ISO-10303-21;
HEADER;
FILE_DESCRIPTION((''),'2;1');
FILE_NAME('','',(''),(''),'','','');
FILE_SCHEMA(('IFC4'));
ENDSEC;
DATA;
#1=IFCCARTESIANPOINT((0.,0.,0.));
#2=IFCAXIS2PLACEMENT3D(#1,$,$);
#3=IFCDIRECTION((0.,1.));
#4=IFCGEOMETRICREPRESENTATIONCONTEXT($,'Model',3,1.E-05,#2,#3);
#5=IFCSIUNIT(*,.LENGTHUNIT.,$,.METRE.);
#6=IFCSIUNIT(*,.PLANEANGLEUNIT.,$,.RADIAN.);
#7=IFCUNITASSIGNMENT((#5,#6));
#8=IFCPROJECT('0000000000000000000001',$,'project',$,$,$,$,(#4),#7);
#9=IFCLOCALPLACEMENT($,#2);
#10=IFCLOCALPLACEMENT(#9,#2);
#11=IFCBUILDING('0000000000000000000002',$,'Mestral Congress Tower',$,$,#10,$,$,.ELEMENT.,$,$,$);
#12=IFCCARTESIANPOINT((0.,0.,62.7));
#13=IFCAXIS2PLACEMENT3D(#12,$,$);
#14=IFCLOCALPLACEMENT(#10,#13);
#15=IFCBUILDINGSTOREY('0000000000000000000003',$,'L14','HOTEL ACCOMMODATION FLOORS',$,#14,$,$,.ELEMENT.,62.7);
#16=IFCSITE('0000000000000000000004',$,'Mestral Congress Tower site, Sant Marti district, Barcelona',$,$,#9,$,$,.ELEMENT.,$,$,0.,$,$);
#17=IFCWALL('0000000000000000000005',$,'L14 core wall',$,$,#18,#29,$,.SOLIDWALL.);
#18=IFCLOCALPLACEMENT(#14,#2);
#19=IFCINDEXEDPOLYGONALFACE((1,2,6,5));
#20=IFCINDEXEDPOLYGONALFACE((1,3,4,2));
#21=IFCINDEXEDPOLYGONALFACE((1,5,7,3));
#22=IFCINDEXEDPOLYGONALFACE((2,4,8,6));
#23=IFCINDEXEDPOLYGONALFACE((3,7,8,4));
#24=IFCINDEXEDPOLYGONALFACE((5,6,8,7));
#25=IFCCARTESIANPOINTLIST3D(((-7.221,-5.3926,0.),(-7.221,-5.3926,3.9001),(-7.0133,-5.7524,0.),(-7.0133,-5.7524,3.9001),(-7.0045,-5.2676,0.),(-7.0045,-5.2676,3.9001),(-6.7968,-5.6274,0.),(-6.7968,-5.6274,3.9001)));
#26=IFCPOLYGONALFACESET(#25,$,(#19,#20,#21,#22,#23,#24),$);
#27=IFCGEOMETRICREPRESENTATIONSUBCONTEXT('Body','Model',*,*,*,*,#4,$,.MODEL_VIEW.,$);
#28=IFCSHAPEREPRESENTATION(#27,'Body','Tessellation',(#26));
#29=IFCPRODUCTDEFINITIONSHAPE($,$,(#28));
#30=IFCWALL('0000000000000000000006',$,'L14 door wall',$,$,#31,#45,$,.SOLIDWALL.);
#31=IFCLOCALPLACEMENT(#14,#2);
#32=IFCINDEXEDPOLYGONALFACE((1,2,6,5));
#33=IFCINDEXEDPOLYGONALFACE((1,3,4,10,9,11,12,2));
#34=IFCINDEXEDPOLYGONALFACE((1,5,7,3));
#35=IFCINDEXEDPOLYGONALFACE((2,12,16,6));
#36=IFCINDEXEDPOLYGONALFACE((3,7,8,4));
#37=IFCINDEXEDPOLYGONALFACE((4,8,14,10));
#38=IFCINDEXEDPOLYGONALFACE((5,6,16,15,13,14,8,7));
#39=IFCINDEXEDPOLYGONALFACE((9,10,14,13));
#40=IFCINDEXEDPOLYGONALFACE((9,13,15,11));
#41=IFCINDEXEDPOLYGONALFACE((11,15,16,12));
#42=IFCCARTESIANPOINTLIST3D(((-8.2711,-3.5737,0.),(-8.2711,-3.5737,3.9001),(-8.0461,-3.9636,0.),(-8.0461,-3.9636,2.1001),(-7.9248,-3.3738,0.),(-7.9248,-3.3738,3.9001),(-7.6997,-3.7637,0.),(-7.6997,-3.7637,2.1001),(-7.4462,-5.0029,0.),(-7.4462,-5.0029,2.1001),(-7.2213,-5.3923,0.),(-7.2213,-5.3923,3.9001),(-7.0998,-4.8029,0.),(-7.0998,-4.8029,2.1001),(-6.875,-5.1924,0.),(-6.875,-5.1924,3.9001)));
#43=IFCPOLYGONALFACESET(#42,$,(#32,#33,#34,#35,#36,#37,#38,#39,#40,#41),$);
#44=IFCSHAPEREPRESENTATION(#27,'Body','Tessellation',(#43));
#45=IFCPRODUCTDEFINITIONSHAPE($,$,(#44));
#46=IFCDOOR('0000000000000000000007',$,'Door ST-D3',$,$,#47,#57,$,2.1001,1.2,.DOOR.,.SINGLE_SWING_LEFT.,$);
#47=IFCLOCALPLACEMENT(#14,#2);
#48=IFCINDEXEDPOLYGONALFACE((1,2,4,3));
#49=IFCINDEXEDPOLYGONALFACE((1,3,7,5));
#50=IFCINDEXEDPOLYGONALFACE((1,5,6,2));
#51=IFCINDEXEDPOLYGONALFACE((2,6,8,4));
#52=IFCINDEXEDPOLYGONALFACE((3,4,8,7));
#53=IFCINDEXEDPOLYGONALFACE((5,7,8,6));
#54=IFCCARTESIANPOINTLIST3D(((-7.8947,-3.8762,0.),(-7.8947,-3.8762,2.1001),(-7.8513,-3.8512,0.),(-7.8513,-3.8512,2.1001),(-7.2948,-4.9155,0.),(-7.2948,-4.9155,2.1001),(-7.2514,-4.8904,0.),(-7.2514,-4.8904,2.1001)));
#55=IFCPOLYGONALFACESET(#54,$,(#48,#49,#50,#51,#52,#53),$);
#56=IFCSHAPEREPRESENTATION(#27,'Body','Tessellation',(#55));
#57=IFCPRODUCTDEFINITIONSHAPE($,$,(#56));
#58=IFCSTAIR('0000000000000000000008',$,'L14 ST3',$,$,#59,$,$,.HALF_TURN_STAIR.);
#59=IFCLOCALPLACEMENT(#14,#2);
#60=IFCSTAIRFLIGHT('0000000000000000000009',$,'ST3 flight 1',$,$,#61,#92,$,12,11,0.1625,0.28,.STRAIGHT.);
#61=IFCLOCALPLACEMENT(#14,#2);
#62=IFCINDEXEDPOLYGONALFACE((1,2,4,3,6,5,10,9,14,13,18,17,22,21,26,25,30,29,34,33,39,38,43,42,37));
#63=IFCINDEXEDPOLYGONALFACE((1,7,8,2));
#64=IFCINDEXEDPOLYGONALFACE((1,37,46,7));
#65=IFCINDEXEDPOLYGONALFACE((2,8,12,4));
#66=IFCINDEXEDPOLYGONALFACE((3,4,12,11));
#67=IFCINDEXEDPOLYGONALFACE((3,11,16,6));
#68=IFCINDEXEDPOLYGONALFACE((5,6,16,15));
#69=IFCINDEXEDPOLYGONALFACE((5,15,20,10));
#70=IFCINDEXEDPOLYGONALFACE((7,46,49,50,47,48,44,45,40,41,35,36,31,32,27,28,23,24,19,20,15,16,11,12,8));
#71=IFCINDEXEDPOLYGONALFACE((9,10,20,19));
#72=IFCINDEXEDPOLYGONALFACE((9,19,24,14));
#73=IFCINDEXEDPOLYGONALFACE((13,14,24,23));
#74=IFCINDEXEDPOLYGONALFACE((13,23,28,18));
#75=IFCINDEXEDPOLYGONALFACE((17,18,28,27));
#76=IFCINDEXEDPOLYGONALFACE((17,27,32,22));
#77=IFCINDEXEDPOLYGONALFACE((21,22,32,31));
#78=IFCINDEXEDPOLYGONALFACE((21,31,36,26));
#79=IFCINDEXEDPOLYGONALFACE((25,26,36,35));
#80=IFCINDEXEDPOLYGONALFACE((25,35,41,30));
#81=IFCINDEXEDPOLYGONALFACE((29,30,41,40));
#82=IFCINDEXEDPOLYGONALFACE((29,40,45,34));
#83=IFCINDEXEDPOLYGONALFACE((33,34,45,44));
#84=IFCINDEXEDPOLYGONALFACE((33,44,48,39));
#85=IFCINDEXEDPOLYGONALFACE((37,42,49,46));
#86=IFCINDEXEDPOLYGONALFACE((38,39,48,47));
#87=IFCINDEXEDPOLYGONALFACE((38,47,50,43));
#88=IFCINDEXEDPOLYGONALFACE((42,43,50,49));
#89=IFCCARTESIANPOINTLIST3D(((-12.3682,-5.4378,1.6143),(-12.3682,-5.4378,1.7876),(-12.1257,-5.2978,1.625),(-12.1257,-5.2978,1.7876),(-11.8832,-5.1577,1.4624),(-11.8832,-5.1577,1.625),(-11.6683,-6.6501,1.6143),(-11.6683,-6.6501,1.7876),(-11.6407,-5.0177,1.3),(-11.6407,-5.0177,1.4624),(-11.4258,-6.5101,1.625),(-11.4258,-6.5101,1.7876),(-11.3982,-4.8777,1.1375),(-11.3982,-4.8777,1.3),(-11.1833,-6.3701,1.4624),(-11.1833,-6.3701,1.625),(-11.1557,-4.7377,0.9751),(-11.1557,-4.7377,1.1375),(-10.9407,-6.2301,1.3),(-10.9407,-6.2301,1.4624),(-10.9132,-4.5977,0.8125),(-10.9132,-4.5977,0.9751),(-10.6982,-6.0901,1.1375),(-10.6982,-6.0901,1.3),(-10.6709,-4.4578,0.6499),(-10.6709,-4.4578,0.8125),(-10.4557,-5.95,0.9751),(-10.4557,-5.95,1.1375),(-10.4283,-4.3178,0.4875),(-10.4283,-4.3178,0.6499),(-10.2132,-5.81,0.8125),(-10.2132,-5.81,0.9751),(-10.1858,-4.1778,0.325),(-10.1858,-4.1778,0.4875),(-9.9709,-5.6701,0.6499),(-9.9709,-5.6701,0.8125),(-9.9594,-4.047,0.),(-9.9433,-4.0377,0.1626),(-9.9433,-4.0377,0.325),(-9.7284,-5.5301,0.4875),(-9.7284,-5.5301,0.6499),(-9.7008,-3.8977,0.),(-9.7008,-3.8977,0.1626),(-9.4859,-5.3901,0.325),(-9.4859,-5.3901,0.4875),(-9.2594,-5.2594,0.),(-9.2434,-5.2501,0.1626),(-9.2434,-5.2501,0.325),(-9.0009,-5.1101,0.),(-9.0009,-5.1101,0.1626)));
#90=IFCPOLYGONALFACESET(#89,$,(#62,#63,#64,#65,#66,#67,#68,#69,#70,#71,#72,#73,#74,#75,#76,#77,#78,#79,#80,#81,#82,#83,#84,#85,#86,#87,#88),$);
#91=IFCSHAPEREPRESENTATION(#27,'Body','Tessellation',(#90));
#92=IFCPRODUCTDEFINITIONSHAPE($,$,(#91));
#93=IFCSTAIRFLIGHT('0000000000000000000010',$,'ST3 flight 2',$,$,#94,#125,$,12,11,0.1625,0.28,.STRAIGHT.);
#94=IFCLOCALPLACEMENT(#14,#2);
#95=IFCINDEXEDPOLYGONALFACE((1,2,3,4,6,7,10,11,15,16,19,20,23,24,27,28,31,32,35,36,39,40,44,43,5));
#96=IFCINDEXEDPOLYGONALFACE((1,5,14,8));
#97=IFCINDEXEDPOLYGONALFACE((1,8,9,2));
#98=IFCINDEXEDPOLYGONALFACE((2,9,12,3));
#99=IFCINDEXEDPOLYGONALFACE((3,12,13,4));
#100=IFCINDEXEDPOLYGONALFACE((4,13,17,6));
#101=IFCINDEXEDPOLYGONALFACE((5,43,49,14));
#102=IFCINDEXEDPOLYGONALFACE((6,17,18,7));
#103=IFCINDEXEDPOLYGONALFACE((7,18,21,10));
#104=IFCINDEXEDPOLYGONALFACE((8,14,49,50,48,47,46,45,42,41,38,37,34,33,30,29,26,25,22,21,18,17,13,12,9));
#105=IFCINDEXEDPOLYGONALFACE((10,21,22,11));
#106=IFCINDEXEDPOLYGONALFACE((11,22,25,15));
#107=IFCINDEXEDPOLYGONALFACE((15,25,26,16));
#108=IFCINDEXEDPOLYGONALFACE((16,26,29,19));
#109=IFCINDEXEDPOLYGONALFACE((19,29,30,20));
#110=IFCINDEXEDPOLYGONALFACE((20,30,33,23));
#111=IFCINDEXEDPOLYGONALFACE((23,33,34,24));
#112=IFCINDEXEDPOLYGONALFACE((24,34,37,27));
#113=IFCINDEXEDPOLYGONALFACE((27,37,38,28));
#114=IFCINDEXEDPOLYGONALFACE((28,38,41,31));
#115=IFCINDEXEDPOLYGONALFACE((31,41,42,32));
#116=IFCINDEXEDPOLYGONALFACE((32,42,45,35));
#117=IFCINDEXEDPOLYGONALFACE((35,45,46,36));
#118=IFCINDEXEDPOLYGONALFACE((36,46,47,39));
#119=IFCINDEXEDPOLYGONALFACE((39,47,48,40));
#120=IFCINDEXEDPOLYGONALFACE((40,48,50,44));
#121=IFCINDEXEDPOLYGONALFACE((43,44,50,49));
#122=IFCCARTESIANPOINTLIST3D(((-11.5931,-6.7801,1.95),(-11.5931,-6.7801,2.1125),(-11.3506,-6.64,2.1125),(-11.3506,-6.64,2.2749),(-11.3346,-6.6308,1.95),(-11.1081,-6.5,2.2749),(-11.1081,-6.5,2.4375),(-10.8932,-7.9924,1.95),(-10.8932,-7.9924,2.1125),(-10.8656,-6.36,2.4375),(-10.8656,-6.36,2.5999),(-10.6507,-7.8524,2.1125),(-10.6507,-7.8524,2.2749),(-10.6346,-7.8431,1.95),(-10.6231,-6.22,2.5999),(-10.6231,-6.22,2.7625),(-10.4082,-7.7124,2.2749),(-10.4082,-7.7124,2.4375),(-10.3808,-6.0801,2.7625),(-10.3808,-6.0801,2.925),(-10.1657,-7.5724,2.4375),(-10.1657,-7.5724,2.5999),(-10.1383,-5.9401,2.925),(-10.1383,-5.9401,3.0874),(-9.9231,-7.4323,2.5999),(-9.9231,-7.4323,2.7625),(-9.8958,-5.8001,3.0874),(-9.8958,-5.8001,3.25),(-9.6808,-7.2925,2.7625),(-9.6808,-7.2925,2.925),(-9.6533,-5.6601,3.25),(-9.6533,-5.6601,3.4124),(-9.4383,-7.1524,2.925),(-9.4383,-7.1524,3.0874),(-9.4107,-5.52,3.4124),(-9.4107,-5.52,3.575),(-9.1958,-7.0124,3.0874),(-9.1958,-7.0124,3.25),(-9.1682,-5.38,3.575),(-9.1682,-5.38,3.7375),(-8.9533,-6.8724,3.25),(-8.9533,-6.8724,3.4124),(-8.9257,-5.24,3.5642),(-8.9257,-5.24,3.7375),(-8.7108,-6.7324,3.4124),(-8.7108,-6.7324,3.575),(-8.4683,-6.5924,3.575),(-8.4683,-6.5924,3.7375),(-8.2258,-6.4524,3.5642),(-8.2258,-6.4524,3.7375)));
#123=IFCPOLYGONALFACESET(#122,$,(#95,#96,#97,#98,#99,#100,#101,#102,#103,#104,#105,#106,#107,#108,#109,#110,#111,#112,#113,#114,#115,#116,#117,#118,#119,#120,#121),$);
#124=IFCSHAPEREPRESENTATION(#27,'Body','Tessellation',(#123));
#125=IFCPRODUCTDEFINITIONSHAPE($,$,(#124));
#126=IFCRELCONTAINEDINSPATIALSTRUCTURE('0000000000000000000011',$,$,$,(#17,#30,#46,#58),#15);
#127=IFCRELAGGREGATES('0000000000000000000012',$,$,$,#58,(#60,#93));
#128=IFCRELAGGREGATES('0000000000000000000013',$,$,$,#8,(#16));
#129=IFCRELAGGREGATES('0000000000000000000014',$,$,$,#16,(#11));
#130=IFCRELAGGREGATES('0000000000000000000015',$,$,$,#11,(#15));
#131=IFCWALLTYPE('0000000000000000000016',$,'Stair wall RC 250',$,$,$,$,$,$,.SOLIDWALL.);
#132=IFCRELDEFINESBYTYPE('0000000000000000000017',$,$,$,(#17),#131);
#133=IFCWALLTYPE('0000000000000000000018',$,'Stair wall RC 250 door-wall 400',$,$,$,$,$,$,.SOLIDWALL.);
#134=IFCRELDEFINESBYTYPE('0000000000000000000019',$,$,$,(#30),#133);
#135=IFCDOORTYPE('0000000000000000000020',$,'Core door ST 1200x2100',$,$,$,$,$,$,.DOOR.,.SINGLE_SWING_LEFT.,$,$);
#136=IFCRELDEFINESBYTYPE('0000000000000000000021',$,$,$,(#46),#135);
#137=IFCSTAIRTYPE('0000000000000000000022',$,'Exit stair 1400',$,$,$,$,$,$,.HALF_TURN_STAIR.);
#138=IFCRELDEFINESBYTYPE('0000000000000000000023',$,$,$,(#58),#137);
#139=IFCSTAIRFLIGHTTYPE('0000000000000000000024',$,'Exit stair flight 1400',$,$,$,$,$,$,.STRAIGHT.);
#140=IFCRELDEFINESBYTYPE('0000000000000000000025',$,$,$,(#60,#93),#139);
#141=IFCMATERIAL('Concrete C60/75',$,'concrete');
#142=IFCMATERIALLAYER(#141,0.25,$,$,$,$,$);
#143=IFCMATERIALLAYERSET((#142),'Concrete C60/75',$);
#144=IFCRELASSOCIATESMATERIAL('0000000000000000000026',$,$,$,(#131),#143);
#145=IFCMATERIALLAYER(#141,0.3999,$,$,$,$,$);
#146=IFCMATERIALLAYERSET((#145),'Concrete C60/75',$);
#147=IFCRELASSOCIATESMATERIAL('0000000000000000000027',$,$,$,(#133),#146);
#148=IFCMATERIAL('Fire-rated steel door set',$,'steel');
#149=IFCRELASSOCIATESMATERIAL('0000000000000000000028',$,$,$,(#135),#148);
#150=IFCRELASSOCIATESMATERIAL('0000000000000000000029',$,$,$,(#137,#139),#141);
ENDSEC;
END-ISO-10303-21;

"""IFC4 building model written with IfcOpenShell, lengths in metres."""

from ifc_helpers import new_model, si_unit, direction, frame, frame_2d, origin, place, context, subcontext, project, spatial, polyline, rectangle, outline, extrude, material, layer, layer_set, type_object, element, fill, aggregate, save


model = new_model("IFC4")

# Units and contexts
model_context = context("Model", 3, precision=1e-05, world=origin(), true_north=direction((0.0, 1.0)))
body_context = subcontext(model_context, "Body", "Model", "MODEL_VIEW")
ifc_project = project(units=[si_unit("LENGTHUNIT", "METRE"), si_unit("PLANEANGLEUNIT", "RADIAN")], contexts=[model_context])

# Site, building, storey
site_placement = place(None, origin())
site = spatial("IfcSite", under=ifc_project, at=site_placement, Name="Mestral Congress Tower site, Sant Marti district, Barcelona", CompositionType="ELEMENT", RefElevation=0.0)
building_placement = place(site_placement, origin())
building = spatial("IfcBuilding", under=site, at=building_placement, Name="Mestral Congress Tower", CompositionType="ELEMENT")
storey_placement = place(building_placement, frame((0.0, 0.0, 62.7)))
storey = spatial("IfcBuildingStorey", under=building, at=storey_placement, Name="L14", Description="HOTEL ACCOMMODATION FLOORS", CompositionType="ELEMENT", Elevation=62.7)

# Shared definitions
ifc_material_1 = material(Name="Fire-rated steel door set", Category="steel")

# Shared definitions
ifc_material_2 = material(Name="Concrete C60/75", Category="concrete")

# Wall
ifc_layer_1 = layer(ifc_material_2, 0.25)
ifc_layer_set_1 = layer_set([ifc_layer_1], Name="Concrete C60/75")
wall_type_1 = type_object("IfcWallType", Name="Stair wall RC 250", PredefinedType="SOLIDWALL", material=ifc_layer_set_1)
wall_1_placement = place(storey_placement, frame((-6.905, -5.6899, 0.0), z_axis=(0.0, 0.0, 1.0), x_axis=(-0.499994, 0.866029, 0.0)))
element("IfcWall", 1, at=wall_1_placement, inside=storey, type_object=wall_type_1, Name="L14 core wall", PredefinedType="SOLIDWALL", context=body_context, shape_type="SweptSolid", body=[
    extrude(rectangle(XDim=0.4155, YDim=0.25, at=frame_2d((0.2078, 0.0))), origin(), (0.0, 0.0, 1.0), 3.9001),
])

# Wall, opening, door
ifc_layer_2 = layer(ifc_material_2, 0.3999)
ifc_layer_set_2 = layer_set([ifc_layer_2], Name="Concrete C60/75")
wall_type_2 = type_object("IfcWallType", Name="Stair wall RC 250 door-wall 400", PredefinedType="SOLIDWALL", material=ifc_layer_set_2)
wall_2_placement = place(storey_placement, frame((-8.0979, -3.4739, 0.0), z_axis=(0.0, 0.0, 1.0), x_axis=(0.499941, -0.86606, 0.0)))
wall_2 = element("IfcWall", 2, at=wall_2_placement, inside=storey, type_object=wall_type_2, Name="L14 door wall", PredefinedType="SOLIDWALL", context=body_context, shape_type="SweptSolid", body=[
    extrude(rectangle(XDim=2.0999, YDim=0.3999, at=frame_2d((1.0498, 0.0))), origin(), (0.0, 0.0, 1.0), 3.9001),
])
opening_1_placement = place(wall_2_placement, frame((0.45, 0.0, 0.0)))
opening_1 = element("IfcOpeningElement", 3, at=opening_1_placement, cuts=wall_2, PredefinedType="OPENING", context=body_context, shape_type="SweptSolid", body=[
    extrude(rectangle(XDim=1.2, YDim=2.1001, at=frame_2d((0.6001, 1.05))), frame((0.0, 0.21, 0.0), z_axis=(0.0, -1.0, 0.0), x_axis=(1.0, 0.0, 0.0)), (0.0, 0.0, 1.0), 0.4199),
])
door_type_1 = type_object("IfcDoorType", Name="Core door ST 1200x2100", OperationType="SINGLE_SWING_LEFT", PredefinedType="DOOR", material=ifc_material_1)
door_1_placement = place(opening_1_placement, origin())
door_1 = element("IfcDoor", 4, at=door_1_placement, inside=storey, type_object=door_type_1, Name="Door ST-D3", OperationType="SINGLE_SWING_LEFT", OverallHeight=2.1001, OverallWidth=1.2, PredefinedType="DOOR", context=body_context, shape_type="SweptSolid", body=[
    extrude(rectangle(XDim=1.2, YDim=2.1001, at=frame_2d((0.6001, 1.05))), frame((0.0, 0.0249, 0.0), z_axis=(0.0, -1.0, 0.0), x_axis=(1.0, 0.0, 0.0)), (0.0, 0.0, 1.0), 0.05),
])
fill(opening_1, door_1)

# Stair, stair flights
stair_type = type_object("IfcStairType", Name="Exit stair 1400", PredefinedType="HALF_TURN_STAIR", material=ifc_material_2)
stair_placement = place(storey_placement, origin())
stair = element("IfcStair", 5, at=stair_placement, inside=storey, type_object=stair_type, Name="L14 ST3", PredefinedType="HALF_TURN_STAIR")
stair_flight_type = type_object("IfcStairFlightType", Name="Exit stair flight 1400", PredefinedType="STRAIGHT", material=ifc_material_2)
stair_flight_1_placement = place(storey_placement, frame((-9.3508, -4.5039, 0.0), z_axis=(0.0, 0.0, 1.0), x_axis=(-0.866025, -0.5, 0.0)))
stair_flight_1 = element("IfcStairFlight", 6, at=stair_flight_1_placement, type_object=stair_flight_type, Name="ST3 flight 1", NumberOfRisers=12, NumberOfTreads=11, PredefinedType="STRAIGHT", RiserHeight=0.1625, TreadLength=0.28, context=body_context, shape_type="SweptSolid", body=[
    extrude(outline(polyline([(0.0, 0.0), (0.0, 0.1626), (0.28, 0.1626), (0.28, 0.325), (0.5601, 0.325), (0.5601, 0.4875), (0.8401, 0.4875), (0.8401, 0.6499), (1.1201, 0.6499), (1.1201, 0.8125), (1.3999, 0.8125), (1.3999, 0.9751), (1.6799, 0.9751), (1.6799, 1.1375), (1.96, 1.1375), (1.96, 1.3), (2.24, 1.3), (2.24, 1.4624), (2.52, 1.4624), (2.52, 1.625), (2.8, 1.625), (2.8, 1.7876), (3.0801, 1.7876), (3.0801, 1.95), (3.0801, 1.6143), (0.2986, 0.0), (0.0, 0.0)])), frame((0.0, 0.7, 0.0), z_axis=(0.0, -1.0, 0.0), x_axis=(1.0, 0.0, 0.0)), (0.0, 0.0, 1.0), 1.3999),
])
stair_flight_2_placement = place(storey_placement, frame((-11.2432, -7.3862, 1.95), z_axis=(0.0, 0.0, 1.0), x_axis=(0.866025, 0.5, 0.0)))
stair_flight_2 = element("IfcStairFlight", 7, at=stair_flight_2_placement, type_object=stair_flight_type, Name="ST3 flight 2", NumberOfRisers=12, NumberOfTreads=11, PredefinedType="STRAIGHT", RiserHeight=0.1625, TreadLength=0.28, context=body_context, shape_type="SweptSolid", body=[
    extrude(outline(polyline([(0.0, 0.0), (0.0, 0.1626), (0.28, 0.1626), (0.28, 0.325), (0.5601, 0.325), (0.5601, 0.4875), (0.8401, 0.4875), (0.8401, 0.6499), (1.1201, 0.6499), (1.1201, 0.8125), (1.3999, 0.8125), (1.3999, 0.9751), (1.6799, 0.9751), (1.6799, 1.1375), (1.96, 1.1375), (1.96, 1.3), (2.24, 1.3), (2.24, 1.4624), (2.52, 1.4624), (2.52, 1.625), (2.8, 1.625), (2.8, 1.7876), (3.0801, 1.7876), (3.0801, 1.95), (3.0801, 1.6143), (0.2986, 0.0), (0.0, 0.0)])), frame((0.0, 0.7, 0.0), z_axis=(0.0, -1.0, 0.0), x_axis=(1.0, 0.0, 0.0)), (0.0, 0.0, 1.0), 1.3999),
])
aggregate(stair, [stair_flight_1, stair_flight_2])

save(model, "model.ifc")
